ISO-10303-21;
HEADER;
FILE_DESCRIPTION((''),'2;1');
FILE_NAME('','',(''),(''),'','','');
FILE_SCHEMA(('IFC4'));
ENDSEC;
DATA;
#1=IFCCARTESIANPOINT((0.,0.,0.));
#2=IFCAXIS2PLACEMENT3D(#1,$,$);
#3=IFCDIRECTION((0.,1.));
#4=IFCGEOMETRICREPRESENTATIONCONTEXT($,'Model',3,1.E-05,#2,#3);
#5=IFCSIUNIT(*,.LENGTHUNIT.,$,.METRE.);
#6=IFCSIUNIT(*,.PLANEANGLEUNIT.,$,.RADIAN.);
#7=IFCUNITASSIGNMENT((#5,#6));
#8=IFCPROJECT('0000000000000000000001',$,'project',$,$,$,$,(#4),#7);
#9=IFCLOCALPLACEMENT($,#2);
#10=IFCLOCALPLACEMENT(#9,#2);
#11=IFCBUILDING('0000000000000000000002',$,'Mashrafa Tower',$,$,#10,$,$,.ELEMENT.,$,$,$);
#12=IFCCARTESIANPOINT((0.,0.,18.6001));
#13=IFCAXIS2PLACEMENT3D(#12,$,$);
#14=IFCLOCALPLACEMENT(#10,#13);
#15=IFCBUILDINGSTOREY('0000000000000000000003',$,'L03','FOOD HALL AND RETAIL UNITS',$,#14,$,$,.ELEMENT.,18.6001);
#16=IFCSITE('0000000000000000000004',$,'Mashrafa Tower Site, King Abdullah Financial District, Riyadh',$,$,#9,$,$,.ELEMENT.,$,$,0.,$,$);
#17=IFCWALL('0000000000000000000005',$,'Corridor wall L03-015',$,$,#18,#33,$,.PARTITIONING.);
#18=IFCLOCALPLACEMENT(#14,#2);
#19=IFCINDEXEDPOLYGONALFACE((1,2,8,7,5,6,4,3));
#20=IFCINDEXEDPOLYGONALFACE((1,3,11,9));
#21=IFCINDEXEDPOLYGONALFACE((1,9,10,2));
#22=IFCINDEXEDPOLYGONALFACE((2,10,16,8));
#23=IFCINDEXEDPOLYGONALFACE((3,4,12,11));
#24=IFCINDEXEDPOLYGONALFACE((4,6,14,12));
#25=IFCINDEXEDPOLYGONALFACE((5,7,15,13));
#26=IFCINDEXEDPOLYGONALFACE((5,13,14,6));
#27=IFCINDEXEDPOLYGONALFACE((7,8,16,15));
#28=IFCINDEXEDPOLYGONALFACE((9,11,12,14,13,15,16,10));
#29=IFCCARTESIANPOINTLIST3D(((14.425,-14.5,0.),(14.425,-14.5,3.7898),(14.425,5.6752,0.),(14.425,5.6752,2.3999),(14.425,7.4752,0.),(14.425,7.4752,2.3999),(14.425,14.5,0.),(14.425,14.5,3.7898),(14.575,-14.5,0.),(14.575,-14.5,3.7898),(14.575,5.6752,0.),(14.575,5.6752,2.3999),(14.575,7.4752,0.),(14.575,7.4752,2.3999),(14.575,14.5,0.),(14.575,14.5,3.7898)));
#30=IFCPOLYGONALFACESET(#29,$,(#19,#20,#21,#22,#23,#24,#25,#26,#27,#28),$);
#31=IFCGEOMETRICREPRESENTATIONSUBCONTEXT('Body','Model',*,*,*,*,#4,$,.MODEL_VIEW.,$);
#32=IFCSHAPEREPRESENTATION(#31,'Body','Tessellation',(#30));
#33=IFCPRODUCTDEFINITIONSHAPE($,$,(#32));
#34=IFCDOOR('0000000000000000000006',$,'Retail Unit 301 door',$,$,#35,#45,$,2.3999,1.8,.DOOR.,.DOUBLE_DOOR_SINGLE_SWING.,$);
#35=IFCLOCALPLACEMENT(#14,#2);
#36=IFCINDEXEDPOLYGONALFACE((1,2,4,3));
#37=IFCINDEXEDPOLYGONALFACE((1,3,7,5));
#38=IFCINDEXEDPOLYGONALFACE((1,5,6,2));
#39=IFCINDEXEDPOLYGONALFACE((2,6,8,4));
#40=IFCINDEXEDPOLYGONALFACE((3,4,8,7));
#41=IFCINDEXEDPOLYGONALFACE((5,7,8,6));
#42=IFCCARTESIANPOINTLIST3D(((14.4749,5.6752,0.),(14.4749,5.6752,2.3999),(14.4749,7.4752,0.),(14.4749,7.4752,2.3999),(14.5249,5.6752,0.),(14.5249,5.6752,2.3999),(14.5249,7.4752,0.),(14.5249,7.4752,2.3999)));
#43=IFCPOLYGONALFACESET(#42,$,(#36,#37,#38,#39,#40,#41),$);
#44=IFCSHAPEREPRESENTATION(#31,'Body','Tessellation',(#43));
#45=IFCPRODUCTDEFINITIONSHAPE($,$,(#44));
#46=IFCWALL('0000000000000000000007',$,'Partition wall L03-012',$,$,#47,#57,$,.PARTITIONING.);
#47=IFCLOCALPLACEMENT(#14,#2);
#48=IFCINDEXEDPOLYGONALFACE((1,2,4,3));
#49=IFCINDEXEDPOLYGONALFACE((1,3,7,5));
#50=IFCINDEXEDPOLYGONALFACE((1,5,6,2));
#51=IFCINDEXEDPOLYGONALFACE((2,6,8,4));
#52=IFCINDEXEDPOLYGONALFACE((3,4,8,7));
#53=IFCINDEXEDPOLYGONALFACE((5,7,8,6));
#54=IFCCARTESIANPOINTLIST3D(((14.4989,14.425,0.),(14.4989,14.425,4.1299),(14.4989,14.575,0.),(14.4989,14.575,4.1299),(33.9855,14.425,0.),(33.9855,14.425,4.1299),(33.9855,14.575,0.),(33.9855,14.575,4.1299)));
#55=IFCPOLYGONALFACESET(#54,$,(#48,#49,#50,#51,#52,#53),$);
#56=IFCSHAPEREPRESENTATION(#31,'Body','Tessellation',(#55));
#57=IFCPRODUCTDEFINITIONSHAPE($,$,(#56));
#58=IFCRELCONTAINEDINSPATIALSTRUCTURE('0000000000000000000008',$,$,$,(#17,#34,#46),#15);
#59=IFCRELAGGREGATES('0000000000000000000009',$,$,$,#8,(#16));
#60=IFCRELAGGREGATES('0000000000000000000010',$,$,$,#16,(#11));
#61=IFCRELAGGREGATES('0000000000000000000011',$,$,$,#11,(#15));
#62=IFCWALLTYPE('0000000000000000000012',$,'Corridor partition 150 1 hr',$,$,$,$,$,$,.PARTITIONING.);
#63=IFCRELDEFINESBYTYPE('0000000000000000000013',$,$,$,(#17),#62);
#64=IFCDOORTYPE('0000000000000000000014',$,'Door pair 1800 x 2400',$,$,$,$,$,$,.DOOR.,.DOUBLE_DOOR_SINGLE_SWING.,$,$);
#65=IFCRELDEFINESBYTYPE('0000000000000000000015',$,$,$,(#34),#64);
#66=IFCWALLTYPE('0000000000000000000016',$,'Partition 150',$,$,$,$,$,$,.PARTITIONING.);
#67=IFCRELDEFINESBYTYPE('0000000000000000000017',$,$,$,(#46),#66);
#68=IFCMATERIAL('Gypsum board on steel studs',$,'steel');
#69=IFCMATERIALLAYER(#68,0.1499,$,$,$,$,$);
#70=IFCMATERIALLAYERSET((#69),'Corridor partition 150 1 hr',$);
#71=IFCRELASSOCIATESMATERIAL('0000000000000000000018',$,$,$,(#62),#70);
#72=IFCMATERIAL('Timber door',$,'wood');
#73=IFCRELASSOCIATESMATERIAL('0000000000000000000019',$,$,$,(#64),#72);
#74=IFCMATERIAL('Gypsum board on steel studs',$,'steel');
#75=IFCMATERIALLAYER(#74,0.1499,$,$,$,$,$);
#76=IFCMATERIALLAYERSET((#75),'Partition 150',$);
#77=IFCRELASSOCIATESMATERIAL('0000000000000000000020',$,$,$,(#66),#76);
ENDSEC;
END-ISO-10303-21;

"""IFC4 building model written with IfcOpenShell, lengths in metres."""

from ifc_helpers import new_model, si_unit, direction, frame, frame_2d, origin, place, context, subcontext, project, spatial, rectangle, extrude, material, layer, layer_set, type_object, element, fill, save


model = new_model("IFC4")

# Units and contexts
model_context = context("Model", 3, precision=1e-05, world=origin(), true_north=direction((0.0, 1.0)))
body_context = subcontext(model_context, "Body", "Model", "MODEL_VIEW")
ifc_project = project(units=[si_unit("LENGTHUNIT", "METRE"), si_unit("PLANEANGLEUNIT", "RADIAN")], contexts=[model_context])

# Site, building, storey
site_placement = place(None, origin())
site = spatial("IfcSite", under=ifc_project, at=site_placement, Name="Mashrafa Tower Site, King Abdullah Financial District, Riyadh", CompositionType="ELEMENT", RefElevation=0.0)
building_placement = place(site_placement, origin())
building = spatial("IfcBuilding", under=site, at=building_placement, Name="Mashrafa Tower", CompositionType="ELEMENT")
storey_placement = place(building_placement, frame((0.0, 0.0, 18.6001)))
storey = spatial("IfcBuildingStorey", under=building, at=storey_placement, Name="L03", Description="FOOD HALL AND RETAIL UNITS", CompositionType="ELEMENT", Elevation=18.6001)

# Wall, opening, door
ifc_material_1 = material(Name="Gypsum board on steel studs", Category="steel")
ifc_layer_1 = layer(ifc_material_1, 0.1499)
ifc_layer_set_1 = layer_set([ifc_layer_1], Name="Corridor partition 150 1 hr")
wall_type_1 = type_object("IfcWallType", Name="Corridor partition 150 1 hr", PredefinedType="PARTITIONING", material=ifc_layer_set_1)
wall_1_placement = place(storey_placement, frame((14.5, 14.5, 0.0), z_axis=(0.0, 0.0, 1.0), x_axis=(0.0, -1.0, 0.0)))
wall_1 = element("IfcWall", 1, at=wall_1_placement, inside=storey, type_object=wall_type_1, Name="Corridor wall L03-015", PredefinedType="PARTITIONING", context=body_context, shape_type="SweptSolid", body=[
    extrude(rectangle(XDim=29.0, YDim=0.1499, at=frame_2d((14.5, 0.0))), origin(), (0.0, 0.0, 1.0), 3.7898),
])
opening_placement = place(wall_1_placement, frame((7.0249, 0.0, 0.0)))
opening = element("IfcOpeningElement", 2, at=opening_placement, cuts=wall_1, PredefinedType="OPENING", context=body_context, shape_type="SweptSolid", body=[
    extrude(rectangle(XDim=1.8, YDim=2.3999, at=frame_2d((0.8999, 1.2))), frame((0.0, 0.085, 0.0), z_axis=(0.0, -1.0, 0.0), x_axis=(1.0, 0.0, 0.0)), (0.0, 0.0, 1.0), 0.1699),
])
ifc_material_2 = material(Name="Timber door", Category="wood")
door_type = type_object("IfcDoorType", Name="Door pair 1800 x 2400", OperationType="DOUBLE_DOOR_SINGLE_SWING", PredefinedType="DOOR", material=ifc_material_2)
door_placement = place(opening_placement, origin())
door = element("IfcDoor", 3, at=door_placement, inside=storey, type_object=door_type, Name="Retail Unit 301 door", OperationType="DOUBLE_DOOR_SINGLE_SWING", OverallHeight=2.3999, OverallWidth=1.8, PredefinedType="DOOR", context=body_context, shape_type="SweptSolid", body=[
    extrude(rectangle(XDim=1.8, YDim=2.3999, at=frame_2d((0.8999, 1.2))), frame((0.0, 0.0249, 0.0), z_axis=(0.0, -1.0, 0.0), x_axis=(1.0, 0.0, 0.0)), (0.0, 0.0, 1.0), 0.05),
])
fill(opening, door)

# Wall
ifc_material_3 = material(Name="Gypsum board on steel studs", Category="steel")
ifc_layer_2 = layer(ifc_material_3, 0.1499)
ifc_layer_set_2 = layer_set([ifc_layer_2], Name="Partition 150")
wall_type_2 = type_object("IfcWallType", Name="Partition 150", PredefinedType="PARTITIONING", material=ifc_layer_set_2)
wall_2_placement = place(storey_placement, frame((14.499, 14.5, 0.0), z_axis=(0.0, 0.0, 1.0), x_axis=(1.0, 0.0, 0.0)))
element("IfcWall", 4, at=wall_2_placement, inside=storey, type_object=wall_type_2, Name="Partition wall L03-012", PredefinedType="PARTITIONING", context=body_context, shape_type="SweptSolid", body=[
    extrude(rectangle(XDim=19.4866, YDim=0.1499, at=frame_2d((9.7432, 0.0))), origin(), (0.0, 0.0, 1.0), 4.1299),
])

save(model, "model.ifc")
